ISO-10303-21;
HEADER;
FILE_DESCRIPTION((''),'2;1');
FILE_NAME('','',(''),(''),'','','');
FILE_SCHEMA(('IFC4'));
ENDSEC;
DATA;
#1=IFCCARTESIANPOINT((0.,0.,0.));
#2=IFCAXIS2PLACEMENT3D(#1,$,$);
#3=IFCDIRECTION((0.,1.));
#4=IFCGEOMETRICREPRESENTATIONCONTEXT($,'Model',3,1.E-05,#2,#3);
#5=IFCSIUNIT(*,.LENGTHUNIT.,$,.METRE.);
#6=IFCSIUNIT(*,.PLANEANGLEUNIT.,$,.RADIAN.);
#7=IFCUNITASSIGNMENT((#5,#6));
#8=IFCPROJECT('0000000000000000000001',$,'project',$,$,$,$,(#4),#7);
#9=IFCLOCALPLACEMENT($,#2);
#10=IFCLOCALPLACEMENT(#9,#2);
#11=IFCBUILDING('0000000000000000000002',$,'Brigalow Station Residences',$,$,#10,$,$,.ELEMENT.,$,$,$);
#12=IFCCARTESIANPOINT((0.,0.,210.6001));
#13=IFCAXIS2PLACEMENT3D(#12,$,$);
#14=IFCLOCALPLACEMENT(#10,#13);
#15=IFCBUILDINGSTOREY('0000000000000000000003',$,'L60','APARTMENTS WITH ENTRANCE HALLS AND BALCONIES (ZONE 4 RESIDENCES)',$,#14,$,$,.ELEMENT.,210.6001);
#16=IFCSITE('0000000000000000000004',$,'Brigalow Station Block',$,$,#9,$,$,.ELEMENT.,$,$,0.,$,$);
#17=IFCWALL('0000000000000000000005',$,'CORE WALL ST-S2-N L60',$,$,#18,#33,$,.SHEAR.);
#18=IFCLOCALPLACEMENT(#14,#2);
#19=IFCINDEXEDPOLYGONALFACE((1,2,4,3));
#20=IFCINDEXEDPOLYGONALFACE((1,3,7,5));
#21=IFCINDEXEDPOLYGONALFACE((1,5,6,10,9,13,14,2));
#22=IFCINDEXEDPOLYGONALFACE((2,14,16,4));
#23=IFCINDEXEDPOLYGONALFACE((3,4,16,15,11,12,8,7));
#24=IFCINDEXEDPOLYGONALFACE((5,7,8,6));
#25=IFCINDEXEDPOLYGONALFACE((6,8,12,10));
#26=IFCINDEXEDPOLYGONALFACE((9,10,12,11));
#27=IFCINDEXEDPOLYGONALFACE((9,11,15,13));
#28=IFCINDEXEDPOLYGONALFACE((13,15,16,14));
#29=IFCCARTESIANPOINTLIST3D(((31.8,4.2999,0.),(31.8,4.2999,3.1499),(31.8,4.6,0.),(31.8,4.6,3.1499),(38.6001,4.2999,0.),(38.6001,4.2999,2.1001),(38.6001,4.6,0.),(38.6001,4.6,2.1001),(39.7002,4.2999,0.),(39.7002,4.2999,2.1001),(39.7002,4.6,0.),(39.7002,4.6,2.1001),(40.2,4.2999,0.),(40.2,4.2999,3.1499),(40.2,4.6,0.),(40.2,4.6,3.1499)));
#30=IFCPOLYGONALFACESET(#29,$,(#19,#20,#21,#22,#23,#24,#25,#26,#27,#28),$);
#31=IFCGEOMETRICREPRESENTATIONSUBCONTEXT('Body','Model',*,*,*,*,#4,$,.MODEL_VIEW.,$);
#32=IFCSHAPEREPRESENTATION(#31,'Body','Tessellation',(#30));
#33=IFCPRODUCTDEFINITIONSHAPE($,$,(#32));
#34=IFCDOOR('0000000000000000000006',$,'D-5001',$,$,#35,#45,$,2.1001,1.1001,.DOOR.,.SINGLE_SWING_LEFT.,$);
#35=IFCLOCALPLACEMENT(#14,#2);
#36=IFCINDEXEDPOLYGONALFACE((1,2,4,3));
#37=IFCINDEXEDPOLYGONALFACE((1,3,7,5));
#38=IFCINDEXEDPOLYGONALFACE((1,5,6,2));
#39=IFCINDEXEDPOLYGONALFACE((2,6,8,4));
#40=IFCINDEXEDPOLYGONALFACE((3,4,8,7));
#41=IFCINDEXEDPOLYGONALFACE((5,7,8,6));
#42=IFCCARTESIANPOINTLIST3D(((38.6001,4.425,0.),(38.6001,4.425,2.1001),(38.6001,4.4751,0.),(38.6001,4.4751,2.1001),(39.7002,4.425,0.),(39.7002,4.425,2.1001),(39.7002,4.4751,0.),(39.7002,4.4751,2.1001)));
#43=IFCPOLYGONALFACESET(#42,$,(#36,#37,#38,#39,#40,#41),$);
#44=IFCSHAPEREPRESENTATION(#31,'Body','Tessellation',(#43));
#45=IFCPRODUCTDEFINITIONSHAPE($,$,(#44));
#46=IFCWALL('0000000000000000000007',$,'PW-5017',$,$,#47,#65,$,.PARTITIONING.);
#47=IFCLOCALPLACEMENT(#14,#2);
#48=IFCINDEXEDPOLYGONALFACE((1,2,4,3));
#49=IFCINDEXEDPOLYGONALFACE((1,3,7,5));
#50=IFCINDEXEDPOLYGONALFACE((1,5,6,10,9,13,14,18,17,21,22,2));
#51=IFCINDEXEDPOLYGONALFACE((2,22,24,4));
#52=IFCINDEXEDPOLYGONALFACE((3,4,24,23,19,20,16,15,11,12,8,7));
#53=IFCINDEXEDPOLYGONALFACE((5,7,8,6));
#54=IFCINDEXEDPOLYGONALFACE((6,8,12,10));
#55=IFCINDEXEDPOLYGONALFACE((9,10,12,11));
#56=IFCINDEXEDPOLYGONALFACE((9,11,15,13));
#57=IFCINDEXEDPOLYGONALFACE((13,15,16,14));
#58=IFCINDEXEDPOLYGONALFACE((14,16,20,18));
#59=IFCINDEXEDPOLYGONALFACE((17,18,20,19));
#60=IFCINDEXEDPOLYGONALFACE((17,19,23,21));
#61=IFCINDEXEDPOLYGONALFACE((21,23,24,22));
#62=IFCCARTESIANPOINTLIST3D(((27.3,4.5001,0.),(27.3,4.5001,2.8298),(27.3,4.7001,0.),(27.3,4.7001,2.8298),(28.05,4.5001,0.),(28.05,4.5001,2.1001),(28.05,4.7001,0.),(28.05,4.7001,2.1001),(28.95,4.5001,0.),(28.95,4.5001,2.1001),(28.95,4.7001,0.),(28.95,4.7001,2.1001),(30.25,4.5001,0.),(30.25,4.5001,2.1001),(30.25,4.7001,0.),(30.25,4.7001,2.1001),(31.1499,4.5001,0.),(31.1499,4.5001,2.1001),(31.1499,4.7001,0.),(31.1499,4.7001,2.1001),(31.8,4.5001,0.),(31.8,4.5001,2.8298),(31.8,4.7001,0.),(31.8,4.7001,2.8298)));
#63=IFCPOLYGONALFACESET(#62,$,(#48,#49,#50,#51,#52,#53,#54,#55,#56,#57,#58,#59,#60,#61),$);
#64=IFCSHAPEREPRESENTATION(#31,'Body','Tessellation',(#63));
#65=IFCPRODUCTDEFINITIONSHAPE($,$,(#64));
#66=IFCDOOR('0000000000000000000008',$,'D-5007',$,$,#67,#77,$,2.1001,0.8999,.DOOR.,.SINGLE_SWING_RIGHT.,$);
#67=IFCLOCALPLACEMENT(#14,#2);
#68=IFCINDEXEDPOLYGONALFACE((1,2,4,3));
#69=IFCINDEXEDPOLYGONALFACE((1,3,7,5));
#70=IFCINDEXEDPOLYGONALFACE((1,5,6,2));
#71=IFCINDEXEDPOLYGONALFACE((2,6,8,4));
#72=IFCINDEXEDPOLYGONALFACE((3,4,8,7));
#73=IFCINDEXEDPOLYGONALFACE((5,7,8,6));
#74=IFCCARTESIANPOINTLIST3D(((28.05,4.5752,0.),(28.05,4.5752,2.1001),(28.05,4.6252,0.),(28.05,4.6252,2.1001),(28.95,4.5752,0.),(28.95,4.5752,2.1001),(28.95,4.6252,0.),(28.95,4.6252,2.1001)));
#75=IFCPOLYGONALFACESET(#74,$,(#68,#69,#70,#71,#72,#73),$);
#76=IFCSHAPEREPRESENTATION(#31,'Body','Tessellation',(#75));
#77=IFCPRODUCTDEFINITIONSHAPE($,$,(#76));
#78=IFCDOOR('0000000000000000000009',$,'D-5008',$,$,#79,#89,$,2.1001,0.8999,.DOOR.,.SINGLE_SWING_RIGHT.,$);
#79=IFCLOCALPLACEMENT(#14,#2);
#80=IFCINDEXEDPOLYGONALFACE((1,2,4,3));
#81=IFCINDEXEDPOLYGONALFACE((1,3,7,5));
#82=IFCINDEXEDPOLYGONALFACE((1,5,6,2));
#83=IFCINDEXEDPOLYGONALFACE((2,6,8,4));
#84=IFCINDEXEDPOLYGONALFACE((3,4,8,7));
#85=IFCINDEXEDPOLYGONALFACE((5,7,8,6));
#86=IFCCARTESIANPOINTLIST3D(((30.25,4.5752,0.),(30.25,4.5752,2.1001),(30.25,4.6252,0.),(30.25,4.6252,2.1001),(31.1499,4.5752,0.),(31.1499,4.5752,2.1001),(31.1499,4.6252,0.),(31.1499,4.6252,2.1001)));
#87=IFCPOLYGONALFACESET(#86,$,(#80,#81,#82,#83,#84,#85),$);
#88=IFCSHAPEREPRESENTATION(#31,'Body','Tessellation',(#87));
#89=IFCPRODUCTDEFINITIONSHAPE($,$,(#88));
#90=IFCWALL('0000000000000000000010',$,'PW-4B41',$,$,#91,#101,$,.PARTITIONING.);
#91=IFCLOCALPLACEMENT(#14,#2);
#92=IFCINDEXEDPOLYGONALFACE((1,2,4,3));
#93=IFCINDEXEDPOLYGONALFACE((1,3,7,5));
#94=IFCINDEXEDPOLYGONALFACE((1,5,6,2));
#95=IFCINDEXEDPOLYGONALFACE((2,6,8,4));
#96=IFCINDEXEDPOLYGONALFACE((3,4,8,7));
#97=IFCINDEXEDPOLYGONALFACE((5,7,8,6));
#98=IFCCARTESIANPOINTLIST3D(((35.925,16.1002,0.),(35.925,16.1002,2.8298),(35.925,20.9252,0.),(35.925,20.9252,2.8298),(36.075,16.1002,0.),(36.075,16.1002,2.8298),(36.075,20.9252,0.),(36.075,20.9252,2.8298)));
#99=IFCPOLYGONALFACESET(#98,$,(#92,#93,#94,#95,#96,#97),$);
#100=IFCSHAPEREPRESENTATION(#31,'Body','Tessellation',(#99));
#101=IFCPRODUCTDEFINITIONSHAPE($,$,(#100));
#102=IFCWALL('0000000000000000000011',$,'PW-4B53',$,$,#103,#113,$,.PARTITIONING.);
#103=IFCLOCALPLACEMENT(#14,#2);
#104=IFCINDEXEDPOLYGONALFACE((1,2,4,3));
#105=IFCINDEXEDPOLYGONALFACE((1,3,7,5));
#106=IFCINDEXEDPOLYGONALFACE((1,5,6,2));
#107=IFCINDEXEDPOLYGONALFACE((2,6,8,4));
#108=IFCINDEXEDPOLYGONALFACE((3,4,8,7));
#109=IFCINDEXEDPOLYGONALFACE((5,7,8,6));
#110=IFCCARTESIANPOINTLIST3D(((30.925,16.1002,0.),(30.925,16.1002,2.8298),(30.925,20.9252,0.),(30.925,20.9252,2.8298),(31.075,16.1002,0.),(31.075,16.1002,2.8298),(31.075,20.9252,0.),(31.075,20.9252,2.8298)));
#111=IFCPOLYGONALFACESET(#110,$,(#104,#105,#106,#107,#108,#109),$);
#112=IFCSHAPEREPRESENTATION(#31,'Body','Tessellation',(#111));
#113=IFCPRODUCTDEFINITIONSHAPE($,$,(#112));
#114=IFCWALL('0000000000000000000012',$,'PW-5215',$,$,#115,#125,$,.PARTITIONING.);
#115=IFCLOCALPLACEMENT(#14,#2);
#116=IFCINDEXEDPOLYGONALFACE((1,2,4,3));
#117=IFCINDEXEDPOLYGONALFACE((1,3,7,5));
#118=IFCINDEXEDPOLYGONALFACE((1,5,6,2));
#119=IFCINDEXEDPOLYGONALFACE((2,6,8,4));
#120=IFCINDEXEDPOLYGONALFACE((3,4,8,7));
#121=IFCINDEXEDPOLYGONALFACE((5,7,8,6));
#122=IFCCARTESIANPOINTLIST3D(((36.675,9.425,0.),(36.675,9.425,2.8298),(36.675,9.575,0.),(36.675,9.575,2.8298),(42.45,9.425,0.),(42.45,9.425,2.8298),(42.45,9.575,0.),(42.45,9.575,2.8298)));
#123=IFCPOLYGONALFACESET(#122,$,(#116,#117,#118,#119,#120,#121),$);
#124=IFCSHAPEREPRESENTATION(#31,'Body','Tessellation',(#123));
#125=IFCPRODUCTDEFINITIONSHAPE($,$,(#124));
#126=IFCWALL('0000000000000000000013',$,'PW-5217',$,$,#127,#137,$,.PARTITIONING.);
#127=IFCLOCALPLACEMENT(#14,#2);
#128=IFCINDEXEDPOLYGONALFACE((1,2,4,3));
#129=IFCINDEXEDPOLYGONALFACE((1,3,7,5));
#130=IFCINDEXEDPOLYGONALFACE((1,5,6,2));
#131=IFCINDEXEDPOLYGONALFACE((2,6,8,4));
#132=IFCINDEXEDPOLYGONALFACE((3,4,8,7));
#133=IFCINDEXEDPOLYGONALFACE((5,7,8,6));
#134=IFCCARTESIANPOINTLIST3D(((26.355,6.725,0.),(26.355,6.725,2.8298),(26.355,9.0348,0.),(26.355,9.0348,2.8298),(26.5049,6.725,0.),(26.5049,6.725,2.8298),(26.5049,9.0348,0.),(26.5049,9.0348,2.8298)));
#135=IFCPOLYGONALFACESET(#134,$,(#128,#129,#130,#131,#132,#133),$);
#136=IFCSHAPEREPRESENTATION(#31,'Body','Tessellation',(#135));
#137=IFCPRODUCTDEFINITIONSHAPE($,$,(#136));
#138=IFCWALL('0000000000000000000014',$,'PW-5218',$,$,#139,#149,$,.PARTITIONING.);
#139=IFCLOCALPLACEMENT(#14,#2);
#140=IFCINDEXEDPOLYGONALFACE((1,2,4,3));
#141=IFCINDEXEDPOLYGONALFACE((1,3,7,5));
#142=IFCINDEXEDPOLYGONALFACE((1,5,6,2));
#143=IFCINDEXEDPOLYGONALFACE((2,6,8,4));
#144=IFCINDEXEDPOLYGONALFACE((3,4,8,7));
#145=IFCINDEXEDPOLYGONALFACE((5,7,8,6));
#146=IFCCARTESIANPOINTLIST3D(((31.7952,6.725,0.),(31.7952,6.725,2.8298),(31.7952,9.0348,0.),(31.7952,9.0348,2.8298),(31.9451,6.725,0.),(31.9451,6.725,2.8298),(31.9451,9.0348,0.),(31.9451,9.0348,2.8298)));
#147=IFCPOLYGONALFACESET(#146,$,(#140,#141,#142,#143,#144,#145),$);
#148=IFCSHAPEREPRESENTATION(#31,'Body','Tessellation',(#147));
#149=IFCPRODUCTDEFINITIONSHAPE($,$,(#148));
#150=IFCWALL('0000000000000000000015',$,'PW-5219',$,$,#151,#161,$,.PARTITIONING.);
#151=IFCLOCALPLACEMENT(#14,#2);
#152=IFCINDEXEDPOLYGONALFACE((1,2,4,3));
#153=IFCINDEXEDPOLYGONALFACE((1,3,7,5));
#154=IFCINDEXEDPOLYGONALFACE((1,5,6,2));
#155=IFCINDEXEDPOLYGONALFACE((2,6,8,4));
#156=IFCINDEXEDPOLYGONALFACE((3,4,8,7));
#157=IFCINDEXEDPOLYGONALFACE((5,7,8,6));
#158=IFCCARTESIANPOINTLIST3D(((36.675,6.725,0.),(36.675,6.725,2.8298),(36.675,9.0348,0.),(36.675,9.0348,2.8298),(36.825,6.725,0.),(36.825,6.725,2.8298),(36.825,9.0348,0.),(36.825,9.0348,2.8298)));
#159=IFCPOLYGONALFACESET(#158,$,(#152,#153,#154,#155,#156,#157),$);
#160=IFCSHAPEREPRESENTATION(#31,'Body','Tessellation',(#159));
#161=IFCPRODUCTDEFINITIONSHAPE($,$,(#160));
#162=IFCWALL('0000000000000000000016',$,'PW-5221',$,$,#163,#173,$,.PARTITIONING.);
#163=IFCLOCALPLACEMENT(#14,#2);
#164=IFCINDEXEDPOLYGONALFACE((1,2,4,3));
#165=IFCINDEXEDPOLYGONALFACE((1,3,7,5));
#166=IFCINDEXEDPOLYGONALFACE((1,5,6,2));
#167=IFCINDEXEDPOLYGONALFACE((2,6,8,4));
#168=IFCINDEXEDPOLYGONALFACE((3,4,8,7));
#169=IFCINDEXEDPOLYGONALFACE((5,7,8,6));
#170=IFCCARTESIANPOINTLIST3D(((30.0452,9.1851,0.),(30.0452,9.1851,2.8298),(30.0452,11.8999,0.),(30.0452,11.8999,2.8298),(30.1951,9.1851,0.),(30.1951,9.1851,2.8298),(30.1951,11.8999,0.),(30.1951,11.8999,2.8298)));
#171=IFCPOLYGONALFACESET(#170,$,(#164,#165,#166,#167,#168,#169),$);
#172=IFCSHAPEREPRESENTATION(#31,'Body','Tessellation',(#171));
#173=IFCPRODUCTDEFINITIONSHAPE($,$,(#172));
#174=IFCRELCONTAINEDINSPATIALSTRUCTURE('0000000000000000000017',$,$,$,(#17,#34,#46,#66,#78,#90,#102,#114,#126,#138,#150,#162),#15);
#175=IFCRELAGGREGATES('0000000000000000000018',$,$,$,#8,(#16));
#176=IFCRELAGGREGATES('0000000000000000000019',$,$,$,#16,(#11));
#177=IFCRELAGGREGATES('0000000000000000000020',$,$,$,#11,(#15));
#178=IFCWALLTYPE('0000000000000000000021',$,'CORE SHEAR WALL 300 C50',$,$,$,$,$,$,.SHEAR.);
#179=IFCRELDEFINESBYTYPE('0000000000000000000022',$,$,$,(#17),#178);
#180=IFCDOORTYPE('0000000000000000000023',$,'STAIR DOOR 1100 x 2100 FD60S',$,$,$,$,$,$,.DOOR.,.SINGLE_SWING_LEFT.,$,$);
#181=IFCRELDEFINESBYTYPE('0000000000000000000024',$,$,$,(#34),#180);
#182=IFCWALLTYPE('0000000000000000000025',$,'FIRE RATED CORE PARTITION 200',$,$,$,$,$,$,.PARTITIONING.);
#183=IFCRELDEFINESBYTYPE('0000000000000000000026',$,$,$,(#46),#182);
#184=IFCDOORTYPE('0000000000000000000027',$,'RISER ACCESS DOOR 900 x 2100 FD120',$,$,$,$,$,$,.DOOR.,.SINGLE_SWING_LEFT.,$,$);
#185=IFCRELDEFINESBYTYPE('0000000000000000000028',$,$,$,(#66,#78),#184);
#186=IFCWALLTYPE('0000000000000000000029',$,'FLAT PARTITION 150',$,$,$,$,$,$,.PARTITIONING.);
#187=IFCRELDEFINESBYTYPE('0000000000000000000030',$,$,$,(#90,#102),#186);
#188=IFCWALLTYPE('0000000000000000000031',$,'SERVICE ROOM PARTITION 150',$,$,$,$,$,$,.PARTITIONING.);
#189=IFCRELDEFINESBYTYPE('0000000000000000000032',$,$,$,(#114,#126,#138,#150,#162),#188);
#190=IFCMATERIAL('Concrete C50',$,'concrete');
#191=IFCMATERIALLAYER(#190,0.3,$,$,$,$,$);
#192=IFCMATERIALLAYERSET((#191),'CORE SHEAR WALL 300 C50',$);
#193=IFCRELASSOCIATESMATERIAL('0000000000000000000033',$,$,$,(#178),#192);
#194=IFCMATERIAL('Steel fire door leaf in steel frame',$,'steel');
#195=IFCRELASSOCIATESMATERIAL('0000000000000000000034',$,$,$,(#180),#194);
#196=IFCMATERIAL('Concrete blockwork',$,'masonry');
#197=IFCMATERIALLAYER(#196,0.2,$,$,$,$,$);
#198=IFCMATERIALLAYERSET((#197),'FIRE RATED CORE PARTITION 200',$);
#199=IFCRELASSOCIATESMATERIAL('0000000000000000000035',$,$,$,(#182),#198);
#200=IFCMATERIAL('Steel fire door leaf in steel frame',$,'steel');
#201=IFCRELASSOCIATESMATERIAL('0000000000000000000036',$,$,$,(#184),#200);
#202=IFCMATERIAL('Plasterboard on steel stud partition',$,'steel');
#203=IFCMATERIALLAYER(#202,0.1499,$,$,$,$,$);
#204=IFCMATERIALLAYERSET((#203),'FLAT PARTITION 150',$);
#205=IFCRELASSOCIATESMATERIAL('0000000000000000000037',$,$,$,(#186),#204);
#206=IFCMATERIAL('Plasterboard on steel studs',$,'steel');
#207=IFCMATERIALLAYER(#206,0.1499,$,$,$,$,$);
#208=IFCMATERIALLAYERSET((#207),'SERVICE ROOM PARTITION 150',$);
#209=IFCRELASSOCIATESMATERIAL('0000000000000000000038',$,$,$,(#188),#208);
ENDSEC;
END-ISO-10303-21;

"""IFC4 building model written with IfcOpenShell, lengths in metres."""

from ifc_helpers import new_model, si_unit, direction, frame, frame_2d, origin, place, context, subcontext, project, spatial, rectangle, extrude, material, layer, layer_set, type_object, element, fill, save


model = new_model("IFC4")

# Units and contexts
model_context = context("Model", 3, precision=1e-05, world=origin(), true_north=direction((0.0, 1.0)))
body_context = subcontext(model_context, "Body", "Model", "MODEL_VIEW")
ifc_project = project(units=[si_unit("LENGTHUNIT", "METRE"), si_unit("PLANEANGLEUNIT", "RADIAN")], contexts=[model_context])

# Site, building, storey
site_placement = place(None, origin())
site = spatial("IfcSite", under=ifc_project, at=site_placement, Name="Brigalow Station Block", CompositionType="ELEMENT", RefElevation=0.0)
building_placement = place(site_placement, origin())
building = spatial("IfcBuilding", under=site, at=building_placement, Name="Brigalow Station Residences", CompositionType="ELEMENT")
storey_placement = place(building_placement, frame((0.0, 0.0, 210.6001)))
storey = spatial("IfcBuildingStorey", under=building, at=storey_placement, Name="L60", Description="APARTMENTS WITH ENTRANCE HALLS AND BALCONIES (ZONE 4 RESIDENCES)", CompositionType="ELEMENT", Elevation=210.6001)

# Wall, opening, door
ifc_material_1 = material(Name="Concrete C50", Category="concrete")
ifc_layer_1 = layer(ifc_material_1, 0.3)
ifc_layer_set_1 = layer_set([ifc_layer_1], Name="CORE SHEAR WALL 300 C50")
wall_type_1 = type_object("IfcWallType", Name="CORE SHEAR WALL 300 C50", PredefinedType="SHEAR", material=ifc_layer_set_1)
wall_1_placement = place(storey_placement, frame((31.8, 4.45, 0.0), z_axis=(0.0, 0.0, 1.0), x_axis=(1.0, 0.0, 0.0)))
wall_1 = element("IfcWall", 1, at=wall_1_placement, inside=storey, type_object=wall_type_1, Name="CORE WALL ST-S2-N L60", PredefinedType="SHEAR", context=body_context, shape_type="SweptSolid", body=[
    extrude(rectangle(XDim=8.3999, YDim=0.3, at=frame_2d((4.2, 0.0))), origin(), (0.0, 0.0, 1.0), 3.1499),
])
opening_1_placement = place(wall_1_placement, frame((6.8, 0.0, 0.0)))
opening_1 = element("IfcOpeningElement", 2, at=opening_1_placement, cuts=wall_1, PredefinedType="OPENING", context=body_context, shape_type="SweptSolid", body=[
    extrude(rectangle(XDim=1.1001, YDim=2.1001, at=frame_2d((0.55, 1.05))), frame((0.0, 0.1602, 0.0), z_axis=(0.0, -1.0, 0.0), x_axis=(1.0, 0.0, 0.0)), (0.0, 0.0, 1.0), 0.3201),
])
ifc_material_2 = material(Name="Steel fire door leaf in steel frame", Category="steel")
door_type_1 = type_object("IfcDoorType", Name="STAIR DOOR 1100 x 2100 FD60S", OperationType="SINGLE_SWING_LEFT", PredefinedType="DOOR", material=ifc_material_2)
door_1_placement = place(opening_1_placement, frame((1.1001, 0.0, 0.0), z_axis=(0.0, 0.0, 1.0), x_axis=(-1.0, 0.0, 0.0)))
door_1 = element("IfcDoor", 3, at=door_1_placement, inside=storey, type_object=door_type_1, Name="D-5001", OperationType="SINGLE_SWING_LEFT", OverallHeight=2.1001, OverallWidth=1.1001, PredefinedType="DOOR", context=body_context, shape_type="SweptSolid", body=[
    extrude(rectangle(XDim=1.1001, YDim=2.1001, at=frame_2d((0.55, 1.05))), frame((0.0, 0.0249, 0.0), z_axis=(0.0, -1.0, 0.0), x_axis=(1.0, 0.0, 0.0)), (0.0, 0.0, 1.0), 0.05),
])
fill(opening_1, door_1)

# Wall, openings, doors
ifc_material_3 = material(Name="Concrete blockwork", Category="masonry")
ifc_layer_2 = layer(ifc_material_3, 0.2)
ifc_layer_set_2 = layer_set([ifc_layer_2], Name="FIRE RATED CORE PARTITION 200")
wall_type_2 = type_object("IfcWallType", Name="FIRE RATED CORE PARTITION 200", PredefinedType="PARTITIONING", material=ifc_layer_set_2)
wall_2_placement = place(storey_placement, frame((27.3, 4.6001, 0.0), z_axis=(0.0, 0.0, 1.0), x_axis=(1.0, 0.0, 0.0)))
wall_2 = element("IfcWall", 4, at=wall_2_placement, inside=storey, type_object=wall_type_2, Name="PW-5017", PredefinedType="PARTITIONING", context=body_context, shape_type="SweptSolid", body=[
    extrude(rectangle(XDim=4.5, YDim=0.2, at=frame_2d((2.25, 0.0))), origin(), (0.0, 0.0, 1.0), 2.8298),
])
opening_2_placement = place(wall_2_placement, frame((0.75, 0.0, 0.0)))
opening_2 = element("IfcOpeningElement", 5, at=opening_2_placement, cuts=wall_2, PredefinedType="OPENING", context=body_context, shape_type="SweptSolid", body=[
    extrude(rectangle(XDim=0.8999, YDim=2.1001, at=frame_2d((0.45, 1.05))), frame((0.0, 0.1099, 0.0), z_axis=(0.0, -1.0, 0.0), x_axis=(1.0, 0.0, 0.0)), (0.0, 0.0, 1.0), 0.22),
])
opening_3_placement = place(wall_2_placement, frame((2.95, 0.0, 0.0)))
opening_3 = element("IfcOpeningElement", 6, at=opening_3_placement, cuts=wall_2, PredefinedType="OPENING", context=body_context, shape_type="SweptSolid", body=[
    extrude(rectangle(XDim=0.8999, YDim=2.1001, at=frame_2d((0.45, 1.05))), frame((0.0, 0.1099, 0.0), z_axis=(0.0, -1.0, 0.0), x_axis=(1.0, 0.0, 0.0)), (0.0, 0.0, 1.0), 0.22),
])
ifc_material_4 = material(Name="Steel fire door leaf in steel frame", Category="steel")
door_type_2 = type_object("IfcDoorType", Name="RISER ACCESS DOOR 900 x 2100 FD120", OperationType="SINGLE_SWING_LEFT", PredefinedType="DOOR", material=ifc_material_4)
door_2_placement = place(opening_2_placement, frame((0.8999, 0.0, 0.0), z_axis=(0.0, 0.0, 1.0), x_axis=(-1.0, 0.0, 0.0)))
door_2 = element("IfcDoor", 7, at=door_2_placement, inside=storey, type_object=door_type_2, Name="D-5007", OperationType="SINGLE_SWING_RIGHT", OverallHeight=2.1001, OverallWidth=0.8999, PredefinedType="DOOR", context=body_context, shape_type="SweptSolid", body=[
    extrude(rectangle(XDim=0.8999, YDim=2.1001, at=frame_2d((0.45, 1.05))), frame((0.0, 0.0249, 0.0), z_axis=(0.0, -1.0, 0.0), x_axis=(1.0, 0.0, 0.0)), (0.0, 0.0, 1.0), 0.05),
])
fill(opening_2, door_2)
door_3_placement = place(opening_3_placement, frame((0.8999, 0.0, 0.0), z_axis=(0.0, 0.0, 1.0), x_axis=(-1.0, 0.0, 0.0)))
door_3 = element("IfcDoor", 8, at=door_3_placement, inside=storey, type_object=door_type_2, Name="D-5008", OperationType="SINGLE_SWING_RIGHT", OverallHeight=2.1001, OverallWidth=0.8999, PredefinedType="DOOR", context=body_context, shape_type="SweptSolid", body=[
    extrude(rectangle(XDim=0.8999, YDim=2.1001, at=frame_2d((0.45, 1.05))), frame((0.0, 0.0249, 0.0), z_axis=(0.0, -1.0, 0.0), x_axis=(1.0, 0.0, 0.0)), (0.0, 0.0, 1.0), 0.05),
])
fill(opening_3, door_3)

# Walls
ifc_material_5 = material(Name="Plasterboard on steel stud partition", Category="steel")
ifc_layer_3 = layer(ifc_material_5, 0.1499)
ifc_layer_set_3 = layer_set([ifc_layer_3], Name="FLAT PARTITION 150")
wall_type_3 = type_object("IfcWallType", Name="FLAT PARTITION 150", PredefinedType="PARTITIONING", material=ifc_layer_set_3)
for number, where, z_axis, x_axis, name in (
    (9, (36.0, 16.1001, 0.0), (0.0, 0.0, 1.0), (0.0, 1.0, 0.0), "PW-4B41"),
    (10, (31.0, 16.1001, 0.0), (0.0, 0.0, 1.0), (0.0, 1.0, 0.0), "PW-4B53"),
):
    element("IfcWall", number, at=place(storey_placement, frame(where, z_axis=z_axis, x_axis=x_axis)), inside=storey, type_object=wall_type_3, Name=name, PredefinedType="PARTITIONING", context=body_context, shape_type="SweptSolid", body=[
        extrude(rectangle(XDim=4.825, YDim=0.1499, at=frame_2d((2.4126, 0.0))), origin(), (0.0, 0.0, 1.0), 2.8298),
    ])
ifc_material_6 = material(Name="Plasterboard on steel studs", Category="steel")
ifc_layer_4 = layer(ifc_material_6, 0.1499)
ifc_layer_set_4 = layer_set([ifc_layer_4], Name="SERVICE ROOM PARTITION 150")
wall_type_4 = type_object("IfcWallType", Name="SERVICE ROOM PARTITION 150", PredefinedType="PARTITIONING", material=ifc_layer_set_4)
wall_3_placement = place(storey_placement, frame((36.675, 9.5, 0.0), z_axis=(0.0, 0.0, 1.0), x_axis=(1.0, 0.0, 0.0)))
element("IfcWall", 11, at=wall_3_placement, inside=storey, type_object=wall_type_4, Name="PW-5215", PredefinedType="PARTITIONING", context=body_context, shape_type="SweptSolid", body=[
    extrude(rectangle(XDim=5.7749, YDim=0.1499, at=frame_2d((2.8875, 0.0))), origin(), (0.0, 0.0, 1.0), 2.8298),
])
for number, where, z_axis, x_axis, name in (
    (12, (26.4299, 6.7251, 0.0), (0.0, 0.0, 1.0), (0.0, 1.0, 0.0), "PW-5217"),
    (13, (31.8701, 6.7251, 0.0), (0.0, 0.0, 1.0), (0.0, 1.0, 0.0), "PW-5218"),
    (14, (36.75, 6.7251, 0.0), (0.0, 0.0, 1.0), (0.0, 1.0, 0.0), "PW-5219"),
):
    element("IfcWall", number, at=place(storey_placement, frame(where, z_axis=z_axis, x_axis=x_axis)), inside=storey, type_object=wall_type_4, Name=name, PredefinedType="PARTITIONING", context=body_context, shape_type="SweptSolid", body=[
        extrude(rectangle(XDim=2.3098, YDim=0.1499, at=frame_2d((1.1548, 0.0))), origin(), (0.0, 0.0, 1.0), 2.8298),
    ])
wall_4_placement = place(storey_placement, frame((30.1201, 9.1851, 0.0), z_axis=(0.0, 0.0, 1.0), x_axis=(0.0, 1.0, 0.0)))
element("IfcWall", 15, at=wall_4_placement, inside=storey, type_object=wall_type_4, Name="PW-5221", PredefinedType="PARTITIONING", context=body_context, shape_type="SweptSolid", body=[
    extrude(rectangle(XDim=2.7148, YDim=0.1499, at=frame_2d((1.3574, 0.0))), origin(), (0.0, 0.0, 1.0), 2.8298),
])

save(model, "model.ifc")
